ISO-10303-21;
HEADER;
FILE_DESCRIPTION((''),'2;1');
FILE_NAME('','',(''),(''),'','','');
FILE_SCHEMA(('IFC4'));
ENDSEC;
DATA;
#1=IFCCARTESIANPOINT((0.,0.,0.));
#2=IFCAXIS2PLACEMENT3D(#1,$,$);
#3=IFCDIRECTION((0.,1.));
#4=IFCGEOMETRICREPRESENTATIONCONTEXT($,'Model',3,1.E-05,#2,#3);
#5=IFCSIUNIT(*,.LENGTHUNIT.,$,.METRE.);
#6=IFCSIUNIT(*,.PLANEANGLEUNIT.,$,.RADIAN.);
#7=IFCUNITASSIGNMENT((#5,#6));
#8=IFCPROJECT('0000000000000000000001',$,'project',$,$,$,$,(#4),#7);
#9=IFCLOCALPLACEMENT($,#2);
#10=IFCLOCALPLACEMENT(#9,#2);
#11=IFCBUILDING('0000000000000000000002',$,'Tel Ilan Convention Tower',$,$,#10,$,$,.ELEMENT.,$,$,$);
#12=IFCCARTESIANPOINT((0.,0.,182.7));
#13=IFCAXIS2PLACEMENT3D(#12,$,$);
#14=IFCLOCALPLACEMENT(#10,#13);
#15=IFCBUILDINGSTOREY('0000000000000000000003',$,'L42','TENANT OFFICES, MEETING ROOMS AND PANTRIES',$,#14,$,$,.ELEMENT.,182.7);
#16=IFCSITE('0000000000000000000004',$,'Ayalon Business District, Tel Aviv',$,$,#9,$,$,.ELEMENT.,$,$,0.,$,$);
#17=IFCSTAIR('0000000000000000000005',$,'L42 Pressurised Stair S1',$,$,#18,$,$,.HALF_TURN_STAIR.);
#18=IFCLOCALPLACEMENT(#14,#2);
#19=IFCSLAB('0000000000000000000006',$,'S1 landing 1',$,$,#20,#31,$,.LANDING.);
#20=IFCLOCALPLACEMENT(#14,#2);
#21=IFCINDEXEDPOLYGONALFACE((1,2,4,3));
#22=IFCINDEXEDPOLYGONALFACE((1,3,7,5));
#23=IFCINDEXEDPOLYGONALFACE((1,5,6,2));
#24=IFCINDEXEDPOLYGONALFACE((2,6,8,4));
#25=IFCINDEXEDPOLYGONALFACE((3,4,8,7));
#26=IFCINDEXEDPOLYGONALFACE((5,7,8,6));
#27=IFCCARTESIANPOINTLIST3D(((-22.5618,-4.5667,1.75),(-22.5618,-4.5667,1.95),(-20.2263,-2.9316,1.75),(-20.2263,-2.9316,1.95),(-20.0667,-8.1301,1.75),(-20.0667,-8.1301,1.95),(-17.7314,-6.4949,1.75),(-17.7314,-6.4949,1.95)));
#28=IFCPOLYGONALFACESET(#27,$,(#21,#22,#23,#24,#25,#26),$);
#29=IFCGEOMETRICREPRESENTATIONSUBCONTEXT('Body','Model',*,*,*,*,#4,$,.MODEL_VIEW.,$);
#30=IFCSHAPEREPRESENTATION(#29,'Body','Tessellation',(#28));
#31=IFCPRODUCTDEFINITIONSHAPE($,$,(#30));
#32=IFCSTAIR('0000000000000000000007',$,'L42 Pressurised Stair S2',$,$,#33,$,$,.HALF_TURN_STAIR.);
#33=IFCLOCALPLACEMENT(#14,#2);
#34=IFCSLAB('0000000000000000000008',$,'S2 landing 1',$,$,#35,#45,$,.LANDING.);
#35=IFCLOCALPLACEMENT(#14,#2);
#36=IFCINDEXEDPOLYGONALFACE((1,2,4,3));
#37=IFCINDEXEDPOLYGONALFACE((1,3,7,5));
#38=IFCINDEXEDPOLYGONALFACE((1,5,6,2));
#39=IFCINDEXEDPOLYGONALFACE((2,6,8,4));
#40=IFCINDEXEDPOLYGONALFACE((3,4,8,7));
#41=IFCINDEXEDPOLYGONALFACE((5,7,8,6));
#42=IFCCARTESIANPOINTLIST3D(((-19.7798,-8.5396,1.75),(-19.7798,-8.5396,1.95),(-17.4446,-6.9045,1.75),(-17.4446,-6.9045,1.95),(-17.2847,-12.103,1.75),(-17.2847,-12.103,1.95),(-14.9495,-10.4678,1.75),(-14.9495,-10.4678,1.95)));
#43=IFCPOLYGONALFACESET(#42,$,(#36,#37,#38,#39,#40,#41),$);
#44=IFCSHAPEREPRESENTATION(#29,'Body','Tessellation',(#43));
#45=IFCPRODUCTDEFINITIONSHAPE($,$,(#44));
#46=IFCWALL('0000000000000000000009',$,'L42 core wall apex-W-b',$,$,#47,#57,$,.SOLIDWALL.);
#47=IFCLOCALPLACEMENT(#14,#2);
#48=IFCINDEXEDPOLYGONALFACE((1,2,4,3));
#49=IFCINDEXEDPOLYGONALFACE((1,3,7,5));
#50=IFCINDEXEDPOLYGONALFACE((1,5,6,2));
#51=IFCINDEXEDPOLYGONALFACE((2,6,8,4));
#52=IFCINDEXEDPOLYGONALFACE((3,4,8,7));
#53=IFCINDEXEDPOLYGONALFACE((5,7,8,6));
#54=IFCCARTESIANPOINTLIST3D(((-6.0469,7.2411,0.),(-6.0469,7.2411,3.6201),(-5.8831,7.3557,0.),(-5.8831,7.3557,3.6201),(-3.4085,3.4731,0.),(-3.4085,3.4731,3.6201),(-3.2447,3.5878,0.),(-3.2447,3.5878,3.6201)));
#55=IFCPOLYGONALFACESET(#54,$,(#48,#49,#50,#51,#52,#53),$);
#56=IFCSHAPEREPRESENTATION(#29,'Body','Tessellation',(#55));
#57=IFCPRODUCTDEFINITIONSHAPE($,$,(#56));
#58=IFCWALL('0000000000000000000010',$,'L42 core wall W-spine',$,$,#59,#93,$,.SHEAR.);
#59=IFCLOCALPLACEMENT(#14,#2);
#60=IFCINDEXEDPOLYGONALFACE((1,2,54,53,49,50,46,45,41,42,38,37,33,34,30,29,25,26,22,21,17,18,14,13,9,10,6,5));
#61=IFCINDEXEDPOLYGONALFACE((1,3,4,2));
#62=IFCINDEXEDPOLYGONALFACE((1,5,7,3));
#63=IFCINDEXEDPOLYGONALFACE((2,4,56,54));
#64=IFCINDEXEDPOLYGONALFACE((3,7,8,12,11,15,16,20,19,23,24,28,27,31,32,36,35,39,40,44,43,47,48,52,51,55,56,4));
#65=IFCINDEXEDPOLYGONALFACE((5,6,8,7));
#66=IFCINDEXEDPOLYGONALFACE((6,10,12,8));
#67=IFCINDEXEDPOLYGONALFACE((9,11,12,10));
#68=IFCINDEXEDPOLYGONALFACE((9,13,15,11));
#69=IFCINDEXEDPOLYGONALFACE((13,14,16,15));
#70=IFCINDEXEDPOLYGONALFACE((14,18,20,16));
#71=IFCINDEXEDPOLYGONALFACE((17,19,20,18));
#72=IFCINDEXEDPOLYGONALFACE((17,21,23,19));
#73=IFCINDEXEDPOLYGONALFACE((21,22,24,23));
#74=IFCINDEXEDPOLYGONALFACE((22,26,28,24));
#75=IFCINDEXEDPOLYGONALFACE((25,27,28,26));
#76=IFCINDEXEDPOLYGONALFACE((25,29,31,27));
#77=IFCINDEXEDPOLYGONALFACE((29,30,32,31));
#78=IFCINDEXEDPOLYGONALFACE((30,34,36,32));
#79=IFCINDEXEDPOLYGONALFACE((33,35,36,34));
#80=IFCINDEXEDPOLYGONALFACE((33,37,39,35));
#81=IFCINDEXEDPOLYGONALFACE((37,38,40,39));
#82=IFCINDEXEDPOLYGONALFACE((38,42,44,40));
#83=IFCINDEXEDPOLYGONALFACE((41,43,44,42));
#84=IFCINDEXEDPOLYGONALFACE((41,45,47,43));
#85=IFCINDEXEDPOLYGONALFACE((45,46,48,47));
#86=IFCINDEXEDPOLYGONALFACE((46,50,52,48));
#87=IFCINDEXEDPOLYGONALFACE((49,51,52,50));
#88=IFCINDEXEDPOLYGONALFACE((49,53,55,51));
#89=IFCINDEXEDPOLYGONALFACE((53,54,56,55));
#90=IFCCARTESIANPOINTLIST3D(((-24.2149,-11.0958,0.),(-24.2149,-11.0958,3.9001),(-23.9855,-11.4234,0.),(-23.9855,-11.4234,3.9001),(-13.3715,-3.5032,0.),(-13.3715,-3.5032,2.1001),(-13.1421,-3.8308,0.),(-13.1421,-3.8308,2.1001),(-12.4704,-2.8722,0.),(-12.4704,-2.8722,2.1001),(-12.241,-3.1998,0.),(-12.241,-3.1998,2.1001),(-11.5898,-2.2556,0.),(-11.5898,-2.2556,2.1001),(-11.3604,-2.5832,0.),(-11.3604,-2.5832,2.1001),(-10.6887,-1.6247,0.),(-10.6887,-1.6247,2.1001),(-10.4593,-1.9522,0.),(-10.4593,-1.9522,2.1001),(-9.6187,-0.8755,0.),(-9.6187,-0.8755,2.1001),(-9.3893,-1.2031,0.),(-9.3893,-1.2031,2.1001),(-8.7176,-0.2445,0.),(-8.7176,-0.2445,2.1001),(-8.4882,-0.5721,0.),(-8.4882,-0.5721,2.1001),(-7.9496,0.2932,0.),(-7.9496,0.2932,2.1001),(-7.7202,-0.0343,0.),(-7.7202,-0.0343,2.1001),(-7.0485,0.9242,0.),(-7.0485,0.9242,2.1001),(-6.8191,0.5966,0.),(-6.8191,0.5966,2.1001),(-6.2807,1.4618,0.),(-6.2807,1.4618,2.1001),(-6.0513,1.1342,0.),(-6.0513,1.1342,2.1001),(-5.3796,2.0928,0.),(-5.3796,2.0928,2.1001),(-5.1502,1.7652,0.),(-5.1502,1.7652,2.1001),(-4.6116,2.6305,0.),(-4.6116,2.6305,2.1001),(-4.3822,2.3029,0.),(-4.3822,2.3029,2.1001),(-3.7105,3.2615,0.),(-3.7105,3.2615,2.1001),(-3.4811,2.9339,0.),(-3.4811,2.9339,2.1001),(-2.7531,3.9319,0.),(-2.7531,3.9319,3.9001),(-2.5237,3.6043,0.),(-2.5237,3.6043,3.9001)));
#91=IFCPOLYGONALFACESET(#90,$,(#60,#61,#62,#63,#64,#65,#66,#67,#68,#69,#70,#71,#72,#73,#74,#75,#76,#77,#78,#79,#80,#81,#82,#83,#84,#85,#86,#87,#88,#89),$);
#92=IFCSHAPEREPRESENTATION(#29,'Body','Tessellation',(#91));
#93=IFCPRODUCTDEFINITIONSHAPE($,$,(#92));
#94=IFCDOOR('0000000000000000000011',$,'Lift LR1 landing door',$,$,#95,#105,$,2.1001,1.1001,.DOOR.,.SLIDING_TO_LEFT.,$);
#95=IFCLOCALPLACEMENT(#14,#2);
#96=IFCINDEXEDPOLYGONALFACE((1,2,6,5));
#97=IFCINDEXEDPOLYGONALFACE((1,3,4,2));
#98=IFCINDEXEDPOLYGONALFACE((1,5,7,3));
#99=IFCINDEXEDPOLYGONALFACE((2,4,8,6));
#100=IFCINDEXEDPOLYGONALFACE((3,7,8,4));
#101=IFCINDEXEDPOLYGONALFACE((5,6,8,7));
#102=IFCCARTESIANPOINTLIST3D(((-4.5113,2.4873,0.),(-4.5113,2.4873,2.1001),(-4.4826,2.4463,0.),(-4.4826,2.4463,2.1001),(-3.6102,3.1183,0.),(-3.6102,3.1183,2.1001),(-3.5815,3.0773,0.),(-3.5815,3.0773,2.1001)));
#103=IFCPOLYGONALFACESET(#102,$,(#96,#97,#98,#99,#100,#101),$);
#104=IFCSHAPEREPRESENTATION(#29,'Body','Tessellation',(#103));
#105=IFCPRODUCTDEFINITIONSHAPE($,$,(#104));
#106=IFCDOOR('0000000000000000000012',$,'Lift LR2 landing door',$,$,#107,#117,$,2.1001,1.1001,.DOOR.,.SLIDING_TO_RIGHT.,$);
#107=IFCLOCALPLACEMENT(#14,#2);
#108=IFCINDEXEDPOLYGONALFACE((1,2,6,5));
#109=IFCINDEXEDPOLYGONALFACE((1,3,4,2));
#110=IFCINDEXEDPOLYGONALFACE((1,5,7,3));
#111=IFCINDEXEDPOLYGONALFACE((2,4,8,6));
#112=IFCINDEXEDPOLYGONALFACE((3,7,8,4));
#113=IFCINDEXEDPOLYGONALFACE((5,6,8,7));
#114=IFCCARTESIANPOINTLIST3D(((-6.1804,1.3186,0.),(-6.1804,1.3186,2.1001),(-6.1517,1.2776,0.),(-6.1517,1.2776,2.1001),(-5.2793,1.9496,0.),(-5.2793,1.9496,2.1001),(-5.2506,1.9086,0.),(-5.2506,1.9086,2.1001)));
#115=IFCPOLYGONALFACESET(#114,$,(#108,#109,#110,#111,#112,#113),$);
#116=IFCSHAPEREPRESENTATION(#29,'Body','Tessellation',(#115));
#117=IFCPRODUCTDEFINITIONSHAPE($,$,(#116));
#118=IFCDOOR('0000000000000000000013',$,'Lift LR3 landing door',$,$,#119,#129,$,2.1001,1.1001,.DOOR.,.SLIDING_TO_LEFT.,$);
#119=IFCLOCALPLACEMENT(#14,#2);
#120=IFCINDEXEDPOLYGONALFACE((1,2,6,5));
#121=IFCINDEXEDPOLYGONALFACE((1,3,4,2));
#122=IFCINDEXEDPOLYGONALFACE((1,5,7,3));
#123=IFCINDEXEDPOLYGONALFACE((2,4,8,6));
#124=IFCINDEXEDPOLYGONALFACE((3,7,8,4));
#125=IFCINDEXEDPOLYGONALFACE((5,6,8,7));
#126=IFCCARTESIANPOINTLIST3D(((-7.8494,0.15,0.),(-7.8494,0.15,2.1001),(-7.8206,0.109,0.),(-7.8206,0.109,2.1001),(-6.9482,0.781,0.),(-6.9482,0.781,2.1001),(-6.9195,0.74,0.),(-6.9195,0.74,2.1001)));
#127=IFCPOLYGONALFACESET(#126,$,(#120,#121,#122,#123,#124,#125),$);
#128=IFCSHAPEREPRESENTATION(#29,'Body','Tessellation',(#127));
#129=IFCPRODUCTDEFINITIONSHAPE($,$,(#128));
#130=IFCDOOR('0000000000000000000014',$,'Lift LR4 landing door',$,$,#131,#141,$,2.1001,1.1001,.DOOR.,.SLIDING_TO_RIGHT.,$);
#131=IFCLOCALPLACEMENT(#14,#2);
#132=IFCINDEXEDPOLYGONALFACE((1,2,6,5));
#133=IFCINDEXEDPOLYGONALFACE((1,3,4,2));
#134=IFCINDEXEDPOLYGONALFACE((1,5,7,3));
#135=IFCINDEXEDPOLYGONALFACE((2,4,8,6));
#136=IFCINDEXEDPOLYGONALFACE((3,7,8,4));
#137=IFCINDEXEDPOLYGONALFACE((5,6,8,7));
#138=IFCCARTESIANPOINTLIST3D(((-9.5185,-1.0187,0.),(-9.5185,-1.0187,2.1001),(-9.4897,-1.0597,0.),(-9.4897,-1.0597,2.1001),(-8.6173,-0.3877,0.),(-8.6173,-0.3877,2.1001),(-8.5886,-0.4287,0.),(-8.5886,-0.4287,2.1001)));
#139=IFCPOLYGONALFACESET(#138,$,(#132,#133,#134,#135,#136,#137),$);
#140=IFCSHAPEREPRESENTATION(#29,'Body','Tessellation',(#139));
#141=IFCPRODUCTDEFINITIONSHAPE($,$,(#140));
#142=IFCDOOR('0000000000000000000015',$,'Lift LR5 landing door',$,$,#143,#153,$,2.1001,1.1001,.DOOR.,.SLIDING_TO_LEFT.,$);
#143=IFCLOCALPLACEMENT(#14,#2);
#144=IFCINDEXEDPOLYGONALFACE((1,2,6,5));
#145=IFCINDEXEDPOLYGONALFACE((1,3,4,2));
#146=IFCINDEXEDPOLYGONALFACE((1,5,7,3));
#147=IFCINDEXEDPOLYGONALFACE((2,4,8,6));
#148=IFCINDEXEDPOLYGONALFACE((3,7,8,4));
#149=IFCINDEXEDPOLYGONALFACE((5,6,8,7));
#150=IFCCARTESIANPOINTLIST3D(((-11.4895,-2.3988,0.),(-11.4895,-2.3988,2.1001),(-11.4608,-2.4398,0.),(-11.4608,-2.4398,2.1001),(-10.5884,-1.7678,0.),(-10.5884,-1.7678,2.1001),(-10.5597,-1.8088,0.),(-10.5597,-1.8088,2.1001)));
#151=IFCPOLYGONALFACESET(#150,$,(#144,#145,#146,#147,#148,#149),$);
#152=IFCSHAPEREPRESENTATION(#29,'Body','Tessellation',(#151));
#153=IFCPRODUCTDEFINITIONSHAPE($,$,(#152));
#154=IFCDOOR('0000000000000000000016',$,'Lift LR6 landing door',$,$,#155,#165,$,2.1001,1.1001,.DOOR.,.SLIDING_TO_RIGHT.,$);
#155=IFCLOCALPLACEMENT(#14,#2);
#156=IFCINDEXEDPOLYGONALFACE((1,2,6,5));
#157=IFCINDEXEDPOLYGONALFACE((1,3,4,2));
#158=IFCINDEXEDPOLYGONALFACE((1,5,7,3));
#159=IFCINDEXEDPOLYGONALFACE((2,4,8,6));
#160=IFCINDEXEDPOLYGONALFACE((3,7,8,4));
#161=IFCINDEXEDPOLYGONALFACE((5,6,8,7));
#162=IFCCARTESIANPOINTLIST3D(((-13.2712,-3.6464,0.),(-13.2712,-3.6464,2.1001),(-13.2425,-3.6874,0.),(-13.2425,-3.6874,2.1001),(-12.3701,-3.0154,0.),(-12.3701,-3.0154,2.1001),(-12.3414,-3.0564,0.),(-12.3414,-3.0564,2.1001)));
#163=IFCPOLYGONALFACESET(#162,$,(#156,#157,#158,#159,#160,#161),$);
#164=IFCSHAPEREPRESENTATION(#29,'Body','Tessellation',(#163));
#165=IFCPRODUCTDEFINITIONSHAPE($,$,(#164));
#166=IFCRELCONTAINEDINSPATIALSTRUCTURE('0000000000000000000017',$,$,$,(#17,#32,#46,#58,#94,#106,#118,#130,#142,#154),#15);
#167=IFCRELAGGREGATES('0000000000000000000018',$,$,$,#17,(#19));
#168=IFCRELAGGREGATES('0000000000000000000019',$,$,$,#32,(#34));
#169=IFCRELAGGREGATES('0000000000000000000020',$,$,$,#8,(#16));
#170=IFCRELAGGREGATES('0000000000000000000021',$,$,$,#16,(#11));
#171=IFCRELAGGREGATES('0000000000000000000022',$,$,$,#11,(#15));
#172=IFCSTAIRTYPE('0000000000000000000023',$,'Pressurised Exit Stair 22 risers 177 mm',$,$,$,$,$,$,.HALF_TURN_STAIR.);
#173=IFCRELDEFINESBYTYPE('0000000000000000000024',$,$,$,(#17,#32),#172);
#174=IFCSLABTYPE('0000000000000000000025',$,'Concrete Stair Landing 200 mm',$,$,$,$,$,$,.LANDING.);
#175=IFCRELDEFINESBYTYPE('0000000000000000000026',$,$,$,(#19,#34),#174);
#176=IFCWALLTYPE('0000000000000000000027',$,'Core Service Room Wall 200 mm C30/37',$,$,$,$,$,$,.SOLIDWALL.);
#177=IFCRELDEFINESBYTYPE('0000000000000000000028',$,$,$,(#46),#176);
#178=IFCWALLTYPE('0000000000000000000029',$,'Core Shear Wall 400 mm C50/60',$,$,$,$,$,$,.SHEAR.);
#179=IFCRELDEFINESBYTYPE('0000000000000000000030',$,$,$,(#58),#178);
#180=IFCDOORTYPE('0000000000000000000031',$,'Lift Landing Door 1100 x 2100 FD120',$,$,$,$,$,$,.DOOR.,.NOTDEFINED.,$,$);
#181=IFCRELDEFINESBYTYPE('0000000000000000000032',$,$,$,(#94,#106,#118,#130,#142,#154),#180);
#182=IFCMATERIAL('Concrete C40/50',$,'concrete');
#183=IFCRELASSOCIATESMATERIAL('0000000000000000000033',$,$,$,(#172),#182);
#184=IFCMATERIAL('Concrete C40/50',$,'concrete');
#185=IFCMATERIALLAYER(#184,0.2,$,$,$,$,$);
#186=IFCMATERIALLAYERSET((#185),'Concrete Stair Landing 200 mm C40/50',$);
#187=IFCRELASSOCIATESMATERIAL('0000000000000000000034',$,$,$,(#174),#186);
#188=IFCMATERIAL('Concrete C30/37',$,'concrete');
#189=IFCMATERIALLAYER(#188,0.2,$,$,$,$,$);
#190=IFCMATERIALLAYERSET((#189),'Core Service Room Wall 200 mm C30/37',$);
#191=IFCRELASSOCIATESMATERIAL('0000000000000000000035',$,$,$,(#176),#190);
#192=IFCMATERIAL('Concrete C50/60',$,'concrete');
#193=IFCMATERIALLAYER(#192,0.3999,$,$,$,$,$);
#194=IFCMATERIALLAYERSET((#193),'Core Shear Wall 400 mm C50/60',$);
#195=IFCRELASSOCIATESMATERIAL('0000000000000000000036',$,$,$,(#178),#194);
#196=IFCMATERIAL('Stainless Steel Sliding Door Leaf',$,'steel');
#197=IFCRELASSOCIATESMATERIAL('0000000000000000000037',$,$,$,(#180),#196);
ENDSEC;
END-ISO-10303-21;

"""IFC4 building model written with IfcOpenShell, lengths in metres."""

from ifc_helpers import new_model, si_unit, direction, frame, frame_2d, origin, place, context, subcontext, project, spatial, polyline, rectangle, outline, extrude, material, layer, layer_set, type_object, element, fill, aggregate, save


model = new_model("IFC4")

# Units and contexts
model_context = context("Model", 3, precision=1e-05, world=origin(), true_north=direction((0.0, 1.0)))
body_context = subcontext(model_context, "Body", "Model", "MODEL_VIEW")
ifc_project = project(units=[si_unit("LENGTHUNIT", "METRE"), si_unit("PLANEANGLEUNIT", "RADIAN")], contexts=[model_context])

# Site, building, storey
site_placement = place(None, origin())
site = spatial("IfcSite", under=ifc_project, at=site_placement, Name="Ayalon Business District, Tel Aviv", CompositionType="ELEMENT", RefElevation=0.0)
building_placement = place(site_placement, origin())
building = spatial("IfcBuilding", under=site, at=building_placement, Name="Tel Ilan Convention Tower", CompositionType="ELEMENT")
storey_placement = place(building_placement, frame((0.0, 0.0, 182.7)))
storey = spatial("IfcBuildingStorey", under=building, at=storey_placement, Name="L42", Description="TENANT OFFICES, MEETING ROOMS AND PANTRIES", CompositionType="ELEMENT", Elevation=182.7)

# Stairs, slabs
ifc_material_1 = material(Name="Concrete C40/50", Category="concrete")
stair_type = type_object("IfcStairType", Name="Pressurised Exit Stair 22 risers 177 mm", PredefinedType="HALF_TURN_STAIR", material=ifc_material_1)
stair_1_placement = place(storey_placement, origin())
stair_1 = element("IfcStair", 1, at=stair_1_placement, inside=storey, type_object=stair_type, Name="L42 Pressurised Stair S1", PredefinedType="HALF_TURN_STAIR")
ifc_material_2 = material(Name="Concrete C40/50", Category="concrete")
ifc_layer_1 = layer(ifc_material_2, 0.2)
ifc_layer_set_1 = layer_set([ifc_layer_1], Name="Concrete Stair Landing 200 mm C40/50")
slab_type = type_object("IfcSlabType", Name="Concrete Stair Landing 200 mm", PredefinedType="LANDING", material=ifc_layer_set_1)
slab_1_placement = place(storey_placement, frame((0.0, 0.0, 1.75)))
slab_1 = element("IfcSlab", 2, at=slab_1_placement, type_object=slab_type, Name="S1 landing 1", PredefinedType="LANDING", context=body_context, shape_type="SweptSolid", body=[
    extrude(outline(polyline([(-20.0667, -8.1301), (-17.7314, -6.4949), (-20.2263, -2.9316), (-22.5618, -4.5667), (-20.0667, -8.1301)])), origin(), (0.0, 0.0, 1.0), 0.2),
])
aggregate(stair_1, [slab_1])
stair_2_placement = place(storey_placement, origin())
stair_2 = element("IfcStair", 3, at=stair_2_placement, inside=storey, type_object=stair_type, Name="L42 Pressurised Stair S2", PredefinedType="HALF_TURN_STAIR")
slab_2_placement = place(storey_placement, frame((0.0, 0.0, 1.75)))
slab_2 = element("IfcSlab", 4, at=slab_2_placement, type_object=slab_type, Name="S2 landing 1", PredefinedType="LANDING", context=body_context, shape_type="SweptSolid", body=[
    extrude(outline(polyline([(-17.2847, -12.103), (-14.9495, -10.4678), (-17.4446, -6.9045), (-19.7798, -8.5396), (-17.2847, -12.103)])), origin(), (0.0, 0.0, 1.0), 0.2),
])
aggregate(stair_2, [slab_2])

# Wall
ifc_material_3 = material(Name="Concrete C30/37", Category="concrete")
ifc_layer_2 = layer(ifc_material_3, 0.2)
ifc_layer_set_2 = layer_set([ifc_layer_2], Name="Core Service Room Wall 200 mm C30/37")
wall_type_1 = type_object("IfcWallType", Name="Core Service Room Wall 200 mm C30/37", PredefinedType="SOLIDWALL", material=ifc_layer_set_2)
wall_1_placement = place(storey_placement, frame((-3.3267, 3.5305, 0.0), z_axis=(0.0, 0.0, 1.0), x_axis=(-0.573576, 0.819152, 0.0)))
element("IfcWall", 5, at=wall_1_placement, inside=storey, type_object=wall_type_1, Name="L42 core wall apex-W-b", PredefinedType="SOLIDWALL", context=body_context, shape_type="SweptSolid", body=[
    extrude(rectangle(XDim=4.5999, YDim=0.2, at=frame_2d((2.2998, 0.0))), origin(), (0.0, 0.0, 1.0), 3.6201),
])

# Wall, openings, doors
ifc_material_4 = material(Name="Concrete C50/60", Category="concrete")
ifc_layer_3 = layer(ifc_material_4, 0.3999)
ifc_layer_set_3 = layer_set([ifc_layer_3], Name="Core Shear Wall 400 mm C50/60")
wall_type_2 = type_object("IfcWallType", Name="Core Shear Wall 400 mm C50/60", PredefinedType="SHEAR", material=ifc_layer_set_3)
wall_2_placement = place(storey_placement, frame((-2.6384, 3.7681, 0.0), z_axis=(0.0, 0.0, 1.0), x_axis=(-0.819153, -0.573576, 0.0)))
wall_2 = element("IfcWall", 6, at=wall_2_placement, inside=storey, type_object=wall_type_2, Name="L42 core wall W-spine", PredefinedType="SHEAR", context=body_context, shape_type="SweptSolid", body=[
    extrude(outline(polyline([(26.2, 0.2), (0.0, 0.2), (0.0, -0.2), (26.2, -0.2), (26.2, 0.2)])), origin(), (0.0, 0.0, 1.0), 3.9001),
])
opening_1_placement = place(wall_2_placement, frame((1.1687, 0.0, 0.0)))
opening_1 = element("IfcOpeningElement", 7, at=opening_1_placement, cuts=wall_2, PredefinedType="OPENING", context=body_context, shape_type="SweptSolid", body=[
    extrude(rectangle(XDim=1.1001, YDim=2.1001, at=frame_2d((0.55, 1.05))), frame((0.0, 0.21, 0.0), z_axis=(0.0, -1.0, 0.0), x_axis=(1.0, 0.0, 0.0)), (0.0, 0.0, 1.0), 0.4199),
])
opening_2_placement = place(wall_2_placement, frame((3.2063, 0.0, 0.0)))
opening_2 = element("IfcOpeningElement", 8, at=opening_2_placement, cuts=wall_2, PredefinedType="OPENING", context=body_context, shape_type="SweptSolid", body=[
    extrude(rectangle(XDim=1.1001, YDim=2.1001, at=frame_2d((0.55, 1.05))), frame((0.0, 0.21, 0.0), z_axis=(0.0, -1.0, 0.0), x_axis=(1.0, 0.0, 0.0)), (0.0, 0.0, 1.0), 0.4199),
])
opening_3_placement = place(wall_2_placement, frame((5.2437, 0.0, 0.0)))
opening_3 = element("IfcOpeningElement", 9, at=opening_3_placement, cuts=wall_2, PredefinedType="OPENING", context=body_context, shape_type="SweptSolid", body=[
    extrude(rectangle(XDim=1.1001, YDim=2.1001, at=frame_2d((0.55, 1.05))), frame((0.0, 0.21, 0.0), z_axis=(0.0, -1.0, 0.0), x_axis=(1.0, 0.0, 0.0)), (0.0, 0.0, 1.0), 0.4199),
])
opening_4_placement = place(wall_2_placement, frame((7.2812, 0.0, 0.0)))
opening_4 = element("IfcOpeningElement", 10, at=opening_4_placement, cuts=wall_2, PredefinedType="OPENING", context=body_context, shape_type="SweptSolid", body=[
    extrude(rectangle(XDim=1.1001, YDim=2.1001, at=frame_2d((0.55, 1.05))), frame((0.0, 0.21, 0.0), z_axis=(0.0, -1.0, 0.0), x_axis=(1.0, 0.0, 0.0)), (0.0, 0.0, 1.0), 0.4199),
])
opening_5_placement = place(wall_2_placement, frame((9.6875, 0.0, 0.0)))
opening_5 = element("IfcOpeningElement", 11, at=opening_5_placement, cuts=wall_2, PredefinedType="OPENING", context=body_context, shape_type="SweptSolid", body=[
    extrude(rectangle(XDim=1.1001, YDim=2.1001, at=frame_2d((0.55, 1.05))), frame((0.0, 0.21, 0.0), z_axis=(0.0, -1.0, 0.0), x_axis=(1.0, 0.0, 0.0)), (0.0, 0.0, 1.0), 0.4199),
])
opening_6_placement = place(wall_2_placement, frame((11.8625, 0.0, 0.0)))
opening_6 = element("IfcOpeningElement", 12, at=opening_6_placement, cuts=wall_2, PredefinedType="OPENING", context=body_context, shape_type="SweptSolid", body=[
    extrude(rectangle(XDim=1.1001, YDim=2.1001, at=frame_2d((0.55, 1.05))), frame((0.0, 0.21, 0.0), z_axis=(0.0, -1.0, 0.0), x_axis=(1.0, 0.0, 0.0)), (0.0, 0.0, 1.0), 0.4199),
])
ifc_material_5 = material(Name="Stainless Steel Sliding Door Leaf", Category="steel")
door_type = type_object("IfcDoorType", Name="Lift Landing Door 1100 x 2100 FD120", OperationType="NOTDEFINED", PredefinedType="DOOR", material=ifc_material_5)
door_1_placement = place(opening_1_placement, origin())
door_1 = element("IfcDoor", 13, at=door_1_placement, inside=storey, type_object=door_type, Name="Lift LR1 landing door", OperationType="SLIDING_TO_LEFT", OverallHeight=2.1001, OverallWidth=1.1001, PredefinedType="DOOR", context=body_context, shape_type="SweptSolid", body=[
    extrude(rectangle(XDim=1.1001, YDim=2.1001, at=frame_2d((0.55, 1.05))), frame((0.0, 0.0249, 0.0), z_axis=(0.0, -1.0, 0.0), x_axis=(1.0, 0.0, 0.0)), (0.0, 0.0, 1.0), 0.05),
])
fill(opening_1, door_1)
door_2_placement = place(opening_2_placement, origin())
door_2 = element("IfcDoor", 14, at=door_2_placement, inside=storey, type_object=door_type, Name="Lift LR2 landing door", OperationType="SLIDING_TO_RIGHT", OverallHeight=2.1001, OverallWidth=1.1001, PredefinedType="DOOR", context=body_context, shape_type="SweptSolid", body=[
    extrude(rectangle(XDim=1.1001, YDim=2.1001, at=frame_2d((0.55, 1.05))), frame((0.0, 0.0249, 0.0), z_axis=(0.0, -1.0, 0.0), x_axis=(1.0, 0.0, 0.0)), (0.0, 0.0, 1.0), 0.05),
])
fill(opening_2, door_2)
door_3_placement = place(opening_3_placement, origin())
door_3 = element("IfcDoor", 15, at=door_3_placement, inside=storey, type_object=door_type, Name="Lift LR3 landing door", OperationType="SLIDING_TO_LEFT", OverallHeight=2.1001, OverallWidth=1.1001, PredefinedType="DOOR", context=body_context, shape_type="SweptSolid", body=[
    extrude(rectangle(XDim=1.1001, YDim=2.1001, at=frame_2d((0.55, 1.05))), frame((0.0, 0.0249, 0.0), z_axis=(0.0, -1.0, 0.0), x_axis=(1.0, 0.0, 0.0)), (0.0, 0.0, 1.0), 0.05),
])
fill(opening_3, door_3)
door_4_placement = place(opening_4_placement, origin())
door_4 = element("IfcDoor", 16, at=door_4_placement, inside=storey, type_object=door_type, Name="Lift LR4 landing door", OperationType="SLIDING_TO_RIGHT", OverallHeight=2.1001, OverallWidth=1.1001, PredefinedType="DOOR", context=body_context, shape_type="SweptSolid", body=[
    extrude(rectangle(XDim=1.1001, YDim=2.1001, at=frame_2d((0.55, 1.05))), frame((0.0, 0.0249, 0.0), z_axis=(0.0, -1.0, 0.0), x_axis=(1.0, 0.0, 0.0)), (0.0, 0.0, 1.0), 0.05),
])
fill(opening_4, door_4)
door_5_placement = place(opening_5_placement, origin())
door_5 = element("IfcDoor", 17, at=door_5_placement, inside=storey, type_object=door_type, Name="Lift LR5 landing door", OperationType="SLIDING_TO_LEFT", OverallHeight=2.1001, OverallWidth=1.1001, PredefinedType="DOOR", context=body_context, shape_type="SweptSolid", body=[
    extrude(rectangle(XDim=1.1001, YDim=2.1001, at=frame_2d((0.55, 1.05))), frame((0.0, 0.0249, 0.0), z_axis=(0.0, -1.0, 0.0), x_axis=(1.0, 0.0, 0.0)), (0.0, 0.0, 1.0), 0.05),
])
fill(opening_5, door_5)
door_6_placement = place(opening_6_placement, origin())
door_6 = element("IfcDoor", 18, at=door_6_placement, inside=storey, type_object=door_type, Name="Lift LR6 landing door", OperationType="SLIDING_TO_RIGHT", OverallHeight=2.1001, OverallWidth=1.1001, PredefinedType="DOOR", context=body_context, shape_type="SweptSolid", body=[
    extrude(rectangle(XDim=1.1001, YDim=2.1001, at=frame_2d((0.55, 1.05))), frame((0.0, 0.0249, 0.0), z_axis=(0.0, -1.0, 0.0), x_axis=(1.0, 0.0, 0.0)), (0.0, 0.0, 1.0), 0.05),
])
fill(opening_6, door_6)

save(model, "model.ifc")
